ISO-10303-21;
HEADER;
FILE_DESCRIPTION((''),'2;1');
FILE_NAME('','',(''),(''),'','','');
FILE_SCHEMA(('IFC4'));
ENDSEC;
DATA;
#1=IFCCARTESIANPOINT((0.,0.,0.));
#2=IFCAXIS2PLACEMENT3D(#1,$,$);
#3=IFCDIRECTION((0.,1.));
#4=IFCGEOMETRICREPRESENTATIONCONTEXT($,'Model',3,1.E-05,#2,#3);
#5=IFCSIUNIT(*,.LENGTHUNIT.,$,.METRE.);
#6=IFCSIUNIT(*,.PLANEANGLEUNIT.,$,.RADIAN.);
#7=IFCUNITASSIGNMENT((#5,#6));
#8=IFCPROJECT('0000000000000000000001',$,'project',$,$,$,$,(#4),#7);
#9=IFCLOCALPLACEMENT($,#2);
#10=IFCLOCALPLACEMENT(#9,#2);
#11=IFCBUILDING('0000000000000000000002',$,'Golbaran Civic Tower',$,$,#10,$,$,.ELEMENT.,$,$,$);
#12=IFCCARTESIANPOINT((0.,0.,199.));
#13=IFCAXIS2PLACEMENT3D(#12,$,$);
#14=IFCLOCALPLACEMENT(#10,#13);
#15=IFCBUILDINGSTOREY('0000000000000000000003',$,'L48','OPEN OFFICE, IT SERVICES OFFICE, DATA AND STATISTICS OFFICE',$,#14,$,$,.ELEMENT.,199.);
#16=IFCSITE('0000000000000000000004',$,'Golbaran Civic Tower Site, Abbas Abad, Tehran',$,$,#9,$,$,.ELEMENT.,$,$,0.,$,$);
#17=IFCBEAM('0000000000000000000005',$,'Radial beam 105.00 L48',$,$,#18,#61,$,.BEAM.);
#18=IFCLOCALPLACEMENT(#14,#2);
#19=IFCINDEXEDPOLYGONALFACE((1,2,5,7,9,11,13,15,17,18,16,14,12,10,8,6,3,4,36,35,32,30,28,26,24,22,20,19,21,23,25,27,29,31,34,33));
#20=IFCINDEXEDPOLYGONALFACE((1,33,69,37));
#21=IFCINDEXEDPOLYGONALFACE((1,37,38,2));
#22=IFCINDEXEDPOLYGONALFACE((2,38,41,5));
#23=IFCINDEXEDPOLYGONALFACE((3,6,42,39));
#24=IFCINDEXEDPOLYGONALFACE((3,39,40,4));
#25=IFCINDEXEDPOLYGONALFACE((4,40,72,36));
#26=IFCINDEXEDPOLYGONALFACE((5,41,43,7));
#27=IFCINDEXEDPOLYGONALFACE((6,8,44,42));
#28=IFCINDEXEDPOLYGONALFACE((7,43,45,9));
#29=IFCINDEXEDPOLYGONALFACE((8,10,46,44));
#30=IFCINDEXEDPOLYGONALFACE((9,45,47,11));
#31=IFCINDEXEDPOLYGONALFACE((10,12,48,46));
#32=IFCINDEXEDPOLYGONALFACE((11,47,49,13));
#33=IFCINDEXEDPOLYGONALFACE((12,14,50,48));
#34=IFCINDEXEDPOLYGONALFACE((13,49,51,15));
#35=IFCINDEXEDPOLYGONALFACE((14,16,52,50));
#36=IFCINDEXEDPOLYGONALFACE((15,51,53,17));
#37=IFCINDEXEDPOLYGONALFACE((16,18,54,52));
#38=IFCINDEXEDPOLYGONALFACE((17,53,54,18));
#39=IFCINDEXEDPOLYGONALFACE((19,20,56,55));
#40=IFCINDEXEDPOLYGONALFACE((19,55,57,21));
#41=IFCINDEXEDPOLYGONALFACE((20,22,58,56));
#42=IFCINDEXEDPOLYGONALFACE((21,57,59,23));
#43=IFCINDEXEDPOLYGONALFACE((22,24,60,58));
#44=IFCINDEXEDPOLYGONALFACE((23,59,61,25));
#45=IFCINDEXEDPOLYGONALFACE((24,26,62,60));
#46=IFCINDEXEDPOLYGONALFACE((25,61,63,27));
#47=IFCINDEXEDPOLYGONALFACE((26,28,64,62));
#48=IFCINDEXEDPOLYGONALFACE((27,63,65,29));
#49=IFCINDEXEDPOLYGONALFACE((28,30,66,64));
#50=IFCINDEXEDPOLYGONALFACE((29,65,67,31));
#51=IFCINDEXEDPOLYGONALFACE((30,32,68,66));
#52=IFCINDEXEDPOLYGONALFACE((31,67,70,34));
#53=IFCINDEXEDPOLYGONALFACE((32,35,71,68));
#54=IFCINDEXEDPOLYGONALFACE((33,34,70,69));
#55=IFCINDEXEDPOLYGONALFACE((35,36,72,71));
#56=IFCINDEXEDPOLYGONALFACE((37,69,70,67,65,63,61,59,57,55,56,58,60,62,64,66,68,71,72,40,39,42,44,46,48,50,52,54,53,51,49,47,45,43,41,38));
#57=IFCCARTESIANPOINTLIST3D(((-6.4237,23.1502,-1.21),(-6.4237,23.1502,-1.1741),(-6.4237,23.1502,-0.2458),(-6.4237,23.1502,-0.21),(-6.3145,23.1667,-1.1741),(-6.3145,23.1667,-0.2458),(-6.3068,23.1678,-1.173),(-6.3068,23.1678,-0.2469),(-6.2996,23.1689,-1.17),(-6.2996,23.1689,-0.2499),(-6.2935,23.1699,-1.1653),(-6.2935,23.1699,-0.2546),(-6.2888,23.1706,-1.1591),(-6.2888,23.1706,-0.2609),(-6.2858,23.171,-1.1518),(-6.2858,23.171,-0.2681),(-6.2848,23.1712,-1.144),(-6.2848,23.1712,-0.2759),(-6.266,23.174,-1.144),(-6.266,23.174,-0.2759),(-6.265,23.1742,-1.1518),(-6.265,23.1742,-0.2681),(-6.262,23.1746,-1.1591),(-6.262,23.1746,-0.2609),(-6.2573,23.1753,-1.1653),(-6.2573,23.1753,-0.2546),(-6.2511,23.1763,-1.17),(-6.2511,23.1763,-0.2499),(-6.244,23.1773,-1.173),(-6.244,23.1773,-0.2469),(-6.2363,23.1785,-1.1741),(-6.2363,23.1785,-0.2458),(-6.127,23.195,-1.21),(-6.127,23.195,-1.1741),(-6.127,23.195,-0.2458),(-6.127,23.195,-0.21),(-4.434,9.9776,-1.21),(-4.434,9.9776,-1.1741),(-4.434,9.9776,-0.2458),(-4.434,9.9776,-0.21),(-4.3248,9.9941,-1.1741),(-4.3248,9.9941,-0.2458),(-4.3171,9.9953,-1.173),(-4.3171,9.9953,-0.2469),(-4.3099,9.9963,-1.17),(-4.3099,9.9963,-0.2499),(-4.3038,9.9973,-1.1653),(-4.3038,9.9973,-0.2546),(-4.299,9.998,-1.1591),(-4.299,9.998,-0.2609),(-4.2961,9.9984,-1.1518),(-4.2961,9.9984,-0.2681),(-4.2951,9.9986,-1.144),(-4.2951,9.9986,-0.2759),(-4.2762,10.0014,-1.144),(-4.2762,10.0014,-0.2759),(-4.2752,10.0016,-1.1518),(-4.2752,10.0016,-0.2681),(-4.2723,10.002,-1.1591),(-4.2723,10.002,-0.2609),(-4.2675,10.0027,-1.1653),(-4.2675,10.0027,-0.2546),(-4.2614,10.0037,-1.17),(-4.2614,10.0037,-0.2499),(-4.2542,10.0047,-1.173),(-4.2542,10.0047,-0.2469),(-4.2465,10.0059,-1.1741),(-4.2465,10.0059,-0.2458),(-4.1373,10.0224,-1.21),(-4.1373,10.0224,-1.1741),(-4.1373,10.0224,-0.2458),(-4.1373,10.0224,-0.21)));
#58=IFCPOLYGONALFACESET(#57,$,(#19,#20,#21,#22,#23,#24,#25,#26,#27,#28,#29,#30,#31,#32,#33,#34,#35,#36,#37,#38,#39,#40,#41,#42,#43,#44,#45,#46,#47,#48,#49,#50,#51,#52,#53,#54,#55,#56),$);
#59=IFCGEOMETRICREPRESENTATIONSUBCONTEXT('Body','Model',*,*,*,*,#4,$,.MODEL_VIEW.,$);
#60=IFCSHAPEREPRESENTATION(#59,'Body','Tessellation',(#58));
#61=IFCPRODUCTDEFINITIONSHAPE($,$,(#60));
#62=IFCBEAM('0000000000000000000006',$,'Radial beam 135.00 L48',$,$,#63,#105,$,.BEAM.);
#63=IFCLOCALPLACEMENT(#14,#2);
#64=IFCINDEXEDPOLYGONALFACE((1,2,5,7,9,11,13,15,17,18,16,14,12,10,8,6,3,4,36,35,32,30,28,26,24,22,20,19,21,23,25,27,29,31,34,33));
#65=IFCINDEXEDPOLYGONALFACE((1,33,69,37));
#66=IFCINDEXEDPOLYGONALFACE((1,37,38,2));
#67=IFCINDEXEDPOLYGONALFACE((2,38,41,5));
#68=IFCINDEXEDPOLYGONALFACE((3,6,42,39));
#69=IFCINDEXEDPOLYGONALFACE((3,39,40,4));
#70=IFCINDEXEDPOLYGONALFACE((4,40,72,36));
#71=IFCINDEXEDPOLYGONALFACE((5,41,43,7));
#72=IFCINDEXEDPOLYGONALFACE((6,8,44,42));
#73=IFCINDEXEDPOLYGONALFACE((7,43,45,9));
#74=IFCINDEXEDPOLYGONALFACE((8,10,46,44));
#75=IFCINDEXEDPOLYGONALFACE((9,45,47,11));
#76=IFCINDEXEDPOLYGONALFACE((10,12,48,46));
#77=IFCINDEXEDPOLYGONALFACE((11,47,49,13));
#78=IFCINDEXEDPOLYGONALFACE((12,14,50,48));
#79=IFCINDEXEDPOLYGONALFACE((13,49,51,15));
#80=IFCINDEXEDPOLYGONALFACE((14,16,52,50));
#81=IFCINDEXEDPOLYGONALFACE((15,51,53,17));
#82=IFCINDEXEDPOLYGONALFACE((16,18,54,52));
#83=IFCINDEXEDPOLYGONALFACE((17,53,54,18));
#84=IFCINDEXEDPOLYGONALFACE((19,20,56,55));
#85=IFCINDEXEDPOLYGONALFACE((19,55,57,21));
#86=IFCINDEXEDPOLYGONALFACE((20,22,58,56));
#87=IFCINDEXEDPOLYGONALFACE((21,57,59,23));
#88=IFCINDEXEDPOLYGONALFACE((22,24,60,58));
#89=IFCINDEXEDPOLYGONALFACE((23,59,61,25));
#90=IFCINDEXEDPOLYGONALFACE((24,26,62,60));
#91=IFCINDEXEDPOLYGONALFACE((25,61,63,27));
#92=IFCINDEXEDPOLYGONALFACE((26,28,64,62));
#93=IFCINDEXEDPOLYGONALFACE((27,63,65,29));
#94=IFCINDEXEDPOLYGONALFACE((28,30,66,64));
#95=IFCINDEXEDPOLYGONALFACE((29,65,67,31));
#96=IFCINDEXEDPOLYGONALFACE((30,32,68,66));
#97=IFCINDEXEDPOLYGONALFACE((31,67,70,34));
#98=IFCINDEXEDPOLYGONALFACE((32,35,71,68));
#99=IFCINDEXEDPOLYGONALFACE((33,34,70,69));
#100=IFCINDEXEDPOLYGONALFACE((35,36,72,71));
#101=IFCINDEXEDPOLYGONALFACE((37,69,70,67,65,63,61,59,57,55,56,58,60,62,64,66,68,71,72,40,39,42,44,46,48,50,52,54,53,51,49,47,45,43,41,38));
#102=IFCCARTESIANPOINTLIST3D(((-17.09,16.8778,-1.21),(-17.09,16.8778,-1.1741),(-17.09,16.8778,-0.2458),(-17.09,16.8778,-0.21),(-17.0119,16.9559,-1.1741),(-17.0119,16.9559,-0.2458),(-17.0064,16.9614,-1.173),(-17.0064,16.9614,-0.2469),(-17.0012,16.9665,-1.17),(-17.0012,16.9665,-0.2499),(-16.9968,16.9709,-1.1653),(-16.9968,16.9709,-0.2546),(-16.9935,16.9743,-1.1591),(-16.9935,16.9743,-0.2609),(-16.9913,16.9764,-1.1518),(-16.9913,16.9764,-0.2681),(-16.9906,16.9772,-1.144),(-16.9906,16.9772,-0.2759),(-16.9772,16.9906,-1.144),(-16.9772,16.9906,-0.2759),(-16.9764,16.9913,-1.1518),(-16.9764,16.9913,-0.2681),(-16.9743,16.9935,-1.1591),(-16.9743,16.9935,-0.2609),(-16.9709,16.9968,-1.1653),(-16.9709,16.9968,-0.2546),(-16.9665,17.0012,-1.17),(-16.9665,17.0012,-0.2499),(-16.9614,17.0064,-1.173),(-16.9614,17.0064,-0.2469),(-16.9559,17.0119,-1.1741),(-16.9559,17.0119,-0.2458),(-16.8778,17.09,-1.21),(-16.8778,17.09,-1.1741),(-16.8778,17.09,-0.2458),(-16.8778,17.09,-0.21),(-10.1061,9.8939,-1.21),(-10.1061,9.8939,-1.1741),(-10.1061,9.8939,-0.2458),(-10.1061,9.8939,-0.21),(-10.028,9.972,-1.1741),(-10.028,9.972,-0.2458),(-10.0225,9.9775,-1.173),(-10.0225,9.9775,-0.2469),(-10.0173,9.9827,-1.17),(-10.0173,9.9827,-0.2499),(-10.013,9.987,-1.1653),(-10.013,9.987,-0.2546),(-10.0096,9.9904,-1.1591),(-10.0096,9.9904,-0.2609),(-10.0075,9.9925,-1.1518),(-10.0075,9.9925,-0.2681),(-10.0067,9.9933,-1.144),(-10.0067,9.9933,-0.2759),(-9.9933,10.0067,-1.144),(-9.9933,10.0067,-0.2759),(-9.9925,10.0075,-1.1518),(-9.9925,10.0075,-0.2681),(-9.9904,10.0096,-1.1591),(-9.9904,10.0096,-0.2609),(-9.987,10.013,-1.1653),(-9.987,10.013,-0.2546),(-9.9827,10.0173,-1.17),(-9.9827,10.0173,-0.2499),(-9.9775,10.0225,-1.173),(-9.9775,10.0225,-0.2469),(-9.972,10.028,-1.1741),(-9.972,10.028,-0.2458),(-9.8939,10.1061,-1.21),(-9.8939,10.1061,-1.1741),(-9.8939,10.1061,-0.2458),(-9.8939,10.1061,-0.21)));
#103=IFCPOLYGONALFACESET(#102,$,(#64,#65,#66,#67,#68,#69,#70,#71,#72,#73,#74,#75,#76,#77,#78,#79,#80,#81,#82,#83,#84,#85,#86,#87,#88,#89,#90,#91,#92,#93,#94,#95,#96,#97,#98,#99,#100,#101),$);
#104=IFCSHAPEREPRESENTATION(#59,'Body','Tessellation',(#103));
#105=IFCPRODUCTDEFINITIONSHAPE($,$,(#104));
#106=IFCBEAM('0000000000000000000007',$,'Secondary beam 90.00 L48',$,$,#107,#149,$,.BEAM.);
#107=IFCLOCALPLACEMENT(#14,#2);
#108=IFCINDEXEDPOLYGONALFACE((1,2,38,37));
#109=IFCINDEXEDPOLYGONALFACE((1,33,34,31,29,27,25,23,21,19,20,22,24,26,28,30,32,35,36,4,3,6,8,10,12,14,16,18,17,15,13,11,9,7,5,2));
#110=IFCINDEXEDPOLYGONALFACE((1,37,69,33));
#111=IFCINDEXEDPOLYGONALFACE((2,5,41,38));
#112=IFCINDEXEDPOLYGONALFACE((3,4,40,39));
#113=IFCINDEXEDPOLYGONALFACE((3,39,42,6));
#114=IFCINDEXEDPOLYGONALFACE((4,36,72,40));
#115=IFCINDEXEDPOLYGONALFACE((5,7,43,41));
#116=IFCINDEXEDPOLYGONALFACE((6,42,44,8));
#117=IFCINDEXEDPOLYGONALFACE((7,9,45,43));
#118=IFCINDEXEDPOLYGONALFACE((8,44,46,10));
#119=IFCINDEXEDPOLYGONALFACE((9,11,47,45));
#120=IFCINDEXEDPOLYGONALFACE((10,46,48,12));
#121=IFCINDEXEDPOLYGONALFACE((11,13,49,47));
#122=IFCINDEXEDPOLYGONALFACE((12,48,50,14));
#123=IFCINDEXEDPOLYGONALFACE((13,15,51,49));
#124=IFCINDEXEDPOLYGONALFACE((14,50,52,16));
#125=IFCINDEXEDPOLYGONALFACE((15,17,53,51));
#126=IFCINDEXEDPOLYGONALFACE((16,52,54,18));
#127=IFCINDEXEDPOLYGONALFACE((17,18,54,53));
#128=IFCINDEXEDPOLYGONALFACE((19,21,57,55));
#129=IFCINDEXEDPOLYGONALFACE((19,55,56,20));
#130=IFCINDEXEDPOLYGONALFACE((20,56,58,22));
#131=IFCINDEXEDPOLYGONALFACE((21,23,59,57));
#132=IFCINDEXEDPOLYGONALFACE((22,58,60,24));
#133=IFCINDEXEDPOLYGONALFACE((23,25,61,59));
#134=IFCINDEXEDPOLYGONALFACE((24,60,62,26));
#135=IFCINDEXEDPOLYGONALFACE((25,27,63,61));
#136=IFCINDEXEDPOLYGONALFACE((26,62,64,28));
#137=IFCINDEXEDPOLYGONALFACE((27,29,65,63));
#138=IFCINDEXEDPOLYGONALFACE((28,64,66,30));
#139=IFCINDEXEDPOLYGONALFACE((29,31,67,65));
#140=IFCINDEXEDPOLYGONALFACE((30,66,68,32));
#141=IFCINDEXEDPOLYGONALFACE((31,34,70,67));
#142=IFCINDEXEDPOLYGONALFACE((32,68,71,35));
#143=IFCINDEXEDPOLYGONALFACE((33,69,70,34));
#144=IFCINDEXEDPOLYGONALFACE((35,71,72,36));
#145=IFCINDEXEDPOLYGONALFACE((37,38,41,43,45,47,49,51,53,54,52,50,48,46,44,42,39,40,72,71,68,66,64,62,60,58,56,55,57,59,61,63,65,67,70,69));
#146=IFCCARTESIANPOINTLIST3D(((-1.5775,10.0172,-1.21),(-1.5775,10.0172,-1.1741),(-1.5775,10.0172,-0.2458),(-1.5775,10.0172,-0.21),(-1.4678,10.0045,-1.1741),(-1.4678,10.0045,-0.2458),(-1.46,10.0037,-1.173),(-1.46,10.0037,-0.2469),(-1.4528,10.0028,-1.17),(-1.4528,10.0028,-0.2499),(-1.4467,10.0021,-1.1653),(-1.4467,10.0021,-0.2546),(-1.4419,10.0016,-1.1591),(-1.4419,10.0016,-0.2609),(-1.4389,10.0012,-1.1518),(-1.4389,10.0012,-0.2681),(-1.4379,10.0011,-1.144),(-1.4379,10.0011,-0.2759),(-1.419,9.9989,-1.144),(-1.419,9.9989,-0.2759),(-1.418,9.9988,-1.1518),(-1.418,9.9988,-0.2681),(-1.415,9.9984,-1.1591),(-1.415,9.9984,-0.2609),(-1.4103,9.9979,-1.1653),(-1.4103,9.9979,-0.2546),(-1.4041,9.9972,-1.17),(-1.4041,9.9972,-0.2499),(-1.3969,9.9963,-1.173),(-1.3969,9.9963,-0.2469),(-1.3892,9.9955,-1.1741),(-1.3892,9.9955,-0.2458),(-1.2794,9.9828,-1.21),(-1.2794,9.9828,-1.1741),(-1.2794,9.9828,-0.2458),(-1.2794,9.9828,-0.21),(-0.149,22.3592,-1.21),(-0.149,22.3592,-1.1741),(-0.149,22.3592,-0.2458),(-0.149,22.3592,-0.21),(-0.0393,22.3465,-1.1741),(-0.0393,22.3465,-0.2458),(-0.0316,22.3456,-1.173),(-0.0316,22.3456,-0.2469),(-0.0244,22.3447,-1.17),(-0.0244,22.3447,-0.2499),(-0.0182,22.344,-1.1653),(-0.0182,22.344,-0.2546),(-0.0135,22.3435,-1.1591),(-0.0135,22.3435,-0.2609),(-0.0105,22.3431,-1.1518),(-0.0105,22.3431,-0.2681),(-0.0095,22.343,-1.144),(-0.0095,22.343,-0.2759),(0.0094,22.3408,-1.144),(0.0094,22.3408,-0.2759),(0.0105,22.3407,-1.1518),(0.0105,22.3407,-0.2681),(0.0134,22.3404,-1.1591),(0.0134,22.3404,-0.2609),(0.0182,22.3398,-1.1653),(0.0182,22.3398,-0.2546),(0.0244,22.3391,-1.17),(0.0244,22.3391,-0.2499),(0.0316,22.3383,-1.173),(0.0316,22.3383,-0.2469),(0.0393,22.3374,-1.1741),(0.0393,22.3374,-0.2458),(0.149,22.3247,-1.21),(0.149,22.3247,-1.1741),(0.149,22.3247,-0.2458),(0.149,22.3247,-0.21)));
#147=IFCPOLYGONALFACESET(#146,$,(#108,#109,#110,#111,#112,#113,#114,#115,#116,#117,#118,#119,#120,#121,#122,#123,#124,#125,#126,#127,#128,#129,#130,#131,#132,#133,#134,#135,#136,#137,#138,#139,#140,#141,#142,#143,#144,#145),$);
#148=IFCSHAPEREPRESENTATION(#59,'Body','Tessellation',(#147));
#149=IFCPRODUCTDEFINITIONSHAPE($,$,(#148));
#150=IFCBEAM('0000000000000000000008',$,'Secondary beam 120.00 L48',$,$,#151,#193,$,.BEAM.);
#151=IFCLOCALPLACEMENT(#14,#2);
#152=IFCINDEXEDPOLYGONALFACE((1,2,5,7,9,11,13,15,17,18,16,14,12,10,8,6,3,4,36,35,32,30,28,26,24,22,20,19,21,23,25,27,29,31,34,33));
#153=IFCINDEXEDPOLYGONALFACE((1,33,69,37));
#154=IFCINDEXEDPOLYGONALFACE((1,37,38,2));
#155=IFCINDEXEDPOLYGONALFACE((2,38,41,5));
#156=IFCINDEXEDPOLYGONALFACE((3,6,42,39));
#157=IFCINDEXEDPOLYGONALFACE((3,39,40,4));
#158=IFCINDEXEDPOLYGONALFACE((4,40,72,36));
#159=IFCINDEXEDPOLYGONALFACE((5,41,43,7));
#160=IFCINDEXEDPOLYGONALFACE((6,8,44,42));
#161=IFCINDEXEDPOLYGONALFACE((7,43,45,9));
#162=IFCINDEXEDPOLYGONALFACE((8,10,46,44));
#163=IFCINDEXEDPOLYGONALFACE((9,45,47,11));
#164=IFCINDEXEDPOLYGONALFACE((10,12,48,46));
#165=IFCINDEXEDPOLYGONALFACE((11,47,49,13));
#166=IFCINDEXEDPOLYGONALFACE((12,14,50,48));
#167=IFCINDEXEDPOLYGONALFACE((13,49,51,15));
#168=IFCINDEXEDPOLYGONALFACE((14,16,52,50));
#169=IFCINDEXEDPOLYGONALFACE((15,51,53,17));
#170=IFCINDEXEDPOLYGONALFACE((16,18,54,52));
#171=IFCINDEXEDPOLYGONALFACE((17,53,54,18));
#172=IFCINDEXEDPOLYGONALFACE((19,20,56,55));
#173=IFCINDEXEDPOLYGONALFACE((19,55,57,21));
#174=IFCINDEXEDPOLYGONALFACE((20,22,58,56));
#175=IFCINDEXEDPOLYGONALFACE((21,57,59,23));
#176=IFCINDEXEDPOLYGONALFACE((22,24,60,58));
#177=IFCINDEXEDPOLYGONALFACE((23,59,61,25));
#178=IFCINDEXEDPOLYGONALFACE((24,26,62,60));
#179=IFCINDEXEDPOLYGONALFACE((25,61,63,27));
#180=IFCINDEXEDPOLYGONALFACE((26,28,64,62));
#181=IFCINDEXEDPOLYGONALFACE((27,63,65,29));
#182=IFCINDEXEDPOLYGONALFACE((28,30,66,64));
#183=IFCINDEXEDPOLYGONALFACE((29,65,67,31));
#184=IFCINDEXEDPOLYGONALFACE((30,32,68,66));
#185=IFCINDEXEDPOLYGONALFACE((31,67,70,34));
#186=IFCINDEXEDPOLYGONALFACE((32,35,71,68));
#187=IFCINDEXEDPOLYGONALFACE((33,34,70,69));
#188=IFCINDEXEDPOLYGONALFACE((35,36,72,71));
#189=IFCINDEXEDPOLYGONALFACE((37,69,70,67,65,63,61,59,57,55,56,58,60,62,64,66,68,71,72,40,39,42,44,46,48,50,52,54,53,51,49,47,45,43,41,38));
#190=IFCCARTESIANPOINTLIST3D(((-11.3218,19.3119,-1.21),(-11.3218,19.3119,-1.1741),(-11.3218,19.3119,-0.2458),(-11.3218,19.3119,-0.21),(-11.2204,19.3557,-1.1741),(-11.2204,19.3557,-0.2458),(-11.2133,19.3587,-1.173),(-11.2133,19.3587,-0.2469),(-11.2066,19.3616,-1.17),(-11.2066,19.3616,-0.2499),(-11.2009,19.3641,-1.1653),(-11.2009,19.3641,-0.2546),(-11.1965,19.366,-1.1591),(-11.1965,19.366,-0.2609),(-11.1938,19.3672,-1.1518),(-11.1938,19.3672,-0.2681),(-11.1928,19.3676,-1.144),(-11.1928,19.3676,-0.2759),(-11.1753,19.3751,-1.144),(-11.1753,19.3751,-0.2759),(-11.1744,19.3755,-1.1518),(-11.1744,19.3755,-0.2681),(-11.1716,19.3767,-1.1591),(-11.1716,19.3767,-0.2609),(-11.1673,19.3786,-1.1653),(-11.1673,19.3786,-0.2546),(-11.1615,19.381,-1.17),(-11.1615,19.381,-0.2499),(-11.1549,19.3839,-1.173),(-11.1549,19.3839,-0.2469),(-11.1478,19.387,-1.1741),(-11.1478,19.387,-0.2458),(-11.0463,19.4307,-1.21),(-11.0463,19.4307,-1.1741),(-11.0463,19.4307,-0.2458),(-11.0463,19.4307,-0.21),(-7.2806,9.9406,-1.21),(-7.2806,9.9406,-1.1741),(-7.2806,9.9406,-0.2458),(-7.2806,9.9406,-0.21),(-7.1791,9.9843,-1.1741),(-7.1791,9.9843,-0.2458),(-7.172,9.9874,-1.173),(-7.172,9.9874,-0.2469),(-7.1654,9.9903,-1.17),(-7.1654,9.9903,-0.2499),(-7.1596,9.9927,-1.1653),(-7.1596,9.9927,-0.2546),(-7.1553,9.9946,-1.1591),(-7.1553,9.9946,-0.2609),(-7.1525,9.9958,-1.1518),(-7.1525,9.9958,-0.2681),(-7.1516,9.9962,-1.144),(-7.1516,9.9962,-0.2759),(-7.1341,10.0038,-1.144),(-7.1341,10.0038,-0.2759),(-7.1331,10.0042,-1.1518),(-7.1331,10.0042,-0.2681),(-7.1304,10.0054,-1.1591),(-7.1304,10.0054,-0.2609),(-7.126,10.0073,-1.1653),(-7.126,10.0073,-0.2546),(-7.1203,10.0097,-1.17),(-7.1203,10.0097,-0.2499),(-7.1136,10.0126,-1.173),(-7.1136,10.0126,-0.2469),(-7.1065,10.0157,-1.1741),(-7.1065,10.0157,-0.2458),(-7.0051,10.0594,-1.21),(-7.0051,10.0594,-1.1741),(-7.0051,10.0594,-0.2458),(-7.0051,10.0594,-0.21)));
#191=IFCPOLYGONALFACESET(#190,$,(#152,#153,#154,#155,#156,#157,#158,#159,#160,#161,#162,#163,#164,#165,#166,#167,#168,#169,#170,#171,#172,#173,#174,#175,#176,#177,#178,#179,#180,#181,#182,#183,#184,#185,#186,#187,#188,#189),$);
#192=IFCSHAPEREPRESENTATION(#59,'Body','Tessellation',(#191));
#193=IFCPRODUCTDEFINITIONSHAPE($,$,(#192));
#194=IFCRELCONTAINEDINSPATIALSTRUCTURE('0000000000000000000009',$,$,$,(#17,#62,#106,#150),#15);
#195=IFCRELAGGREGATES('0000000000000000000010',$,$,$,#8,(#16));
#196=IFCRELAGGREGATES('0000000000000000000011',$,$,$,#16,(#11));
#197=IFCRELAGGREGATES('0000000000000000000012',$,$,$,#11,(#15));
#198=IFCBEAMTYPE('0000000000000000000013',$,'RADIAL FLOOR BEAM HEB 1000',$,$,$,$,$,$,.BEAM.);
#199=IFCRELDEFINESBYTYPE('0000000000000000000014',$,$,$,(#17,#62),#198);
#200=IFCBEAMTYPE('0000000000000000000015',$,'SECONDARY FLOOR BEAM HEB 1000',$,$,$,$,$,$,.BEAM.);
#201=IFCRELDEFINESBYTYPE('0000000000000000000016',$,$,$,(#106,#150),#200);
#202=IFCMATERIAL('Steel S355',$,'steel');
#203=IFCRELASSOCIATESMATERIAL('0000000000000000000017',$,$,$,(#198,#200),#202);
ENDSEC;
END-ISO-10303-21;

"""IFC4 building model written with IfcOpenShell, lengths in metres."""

from ifc_helpers import new_model, si_unit, direction, frame, origin, origin_2d, place, context, subcontext, project, spatial, i_section, extrude, material, material_profile, profile_set, type_object, element, save


model = new_model("IFC4")

# Units and contexts
model_context = context("Model", 3, precision=1e-05, world=origin(), true_north=direction((0.0, 1.0)))
body_context = subcontext(model_context, "Body", "Model", "MODEL_VIEW")
ifc_project = project(units=[si_unit("LENGTHUNIT", "METRE"), si_unit("PLANEANGLEUNIT", "RADIAN")], contexts=[model_context])

# Site, building, storey
site_placement = place(None, origin())
site = spatial("IfcSite", under=ifc_project, at=site_placement, Name="Golbaran Civic Tower Site, Abbas Abad, Tehran", CompositionType="ELEMENT", RefElevation=0.0)
building_placement = place(site_placement, origin())
building = spatial("IfcBuilding", under=site, at=building_placement, Name="Golbaran Civic Tower", CompositionType="ELEMENT")
storey_placement = place(building_placement, frame((0.0, 0.0, 199.0)))
storey = spatial("IfcBuildingStorey", under=building, at=storey_placement, Name="L48", Description="OPEN OFFICE, IT SERVICES OFFICE, DATA AND STATISTICS OFFICE", CompositionType="ELEMENT", Elevation=199.0)

# Beams
ifc_material_1 = material(Name="Steel S355", Category="steel")
ifc_material_profile_1 = material_profile(ifc_material_1, i_section(OverallWidth=0.3, OverallDepth=1.0, WebThickness=0.019, FlangeThickness=0.0359, FilletRadius=0.03, at=origin_2d()), Name="HEB 1000")
ifc_profile_set_1 = profile_set([ifc_material_profile_1], Name="Steel S355")
beam_type_1 = type_object("IfcBeamType", Name="RADIAL FLOOR BEAM HEB 1000", PredefinedType="BEAM", material=ifc_profile_set_1)
beam_1_placement = place(storey_placement, frame((-4.2856, 10.0, -0.71), z_axis=(-0.149357, 0.988783, 0.0), x_axis=(-0.988783, -0.149357, 0.0)))
element("IfcBeam", 1, at=beam_1_placement, inside=storey, type_object=beam_type_1, Name="Radial beam 105.00 L48", PredefinedType="BEAM", context=body_context, shape_type="SweptSolid", body=[
    extrude(i_section(OverallWidth=0.3, OverallDepth=1.0, WebThickness=0.019, FlangeThickness=0.0359, FilletRadius=0.03, at=origin_2d()), origin(), (0.0, 0.0, 1.0), 13.322),
])
beam_2_placement = place(storey_placement, frame((-10.0, 10.0, -0.71), z_axis=(-0.707107, 0.707107, 0.0), x_axis=(-0.707107, -0.707107, 0.0)))
element("IfcBeam", 2, at=beam_2_placement, inside=storey, type_object=beam_type_1, Name="Radial beam 135.00 L48", PredefinedType="BEAM", context=body_context, shape_type="SweptSolid", body=[
    extrude(i_section(OverallWidth=0.3, OverallDepth=1.0, WebThickness=0.019, FlangeThickness=0.0359, FilletRadius=0.03, at=origin_2d()), origin(), (0.0, 0.0, 1.0), 9.8767),
])
ifc_material_profile_2 = material_profile(ifc_material_1, i_section(OverallWidth=0.3, OverallDepth=1.0, WebThickness=0.019, FlangeThickness=0.0359, FilletRadius=0.03, at=origin_2d()), Name="HEB 1000")
ifc_profile_set_2 = profile_set([ifc_material_profile_2], Name="Steel S355")
beam_type_2 = type_object("IfcBeamType", Name="SECONDARY FLOOR BEAM HEB 1000", PredefinedType="BEAM", material=ifc_profile_set_2)
beam_3_placement = place(storey_placement, frame((-1.4285, 10.0, -0.71), z_axis=(0.114972, 0.993369, 0.0), x_axis=(-0.993369, 0.114972, 0.0)))
element("IfcBeam", 3, at=beam_3_placement, inside=storey, type_object=beam_type_2, Name="Secondary beam 90.00 L48", PredefinedType="BEAM", context=body_context, shape_type="SweptSolid", body=[
    extrude(i_section(OverallWidth=0.3, OverallDepth=1.0, WebThickness=0.019, FlangeThickness=0.0359, FilletRadius=0.03, at=origin_2d()), origin(), (0.0, 0.0, 1.0), 12.4243),
])
beam_4_placement = place(storey_placement, frame((-7.1428, 10.0, -0.71), z_axis=(-0.395986, 0.918257, 0.0), x_axis=(-0.918257, -0.395986, 0.0)))
element("IfcBeam", 4, at=beam_4_placement, inside=storey, type_object=beam_type_2, Name="Secondary beam 120.00 L48", PredefinedType="BEAM", context=body_context, shape_type="SweptSolid", body=[
    extrude(i_section(OverallWidth=0.3, OverallDepth=1.0, WebThickness=0.019, FlangeThickness=0.0359, FilletRadius=0.03, at=origin_2d()), origin(), (0.0, 0.0, 1.0), 10.2056),
])

save(model, "model.ifc")
